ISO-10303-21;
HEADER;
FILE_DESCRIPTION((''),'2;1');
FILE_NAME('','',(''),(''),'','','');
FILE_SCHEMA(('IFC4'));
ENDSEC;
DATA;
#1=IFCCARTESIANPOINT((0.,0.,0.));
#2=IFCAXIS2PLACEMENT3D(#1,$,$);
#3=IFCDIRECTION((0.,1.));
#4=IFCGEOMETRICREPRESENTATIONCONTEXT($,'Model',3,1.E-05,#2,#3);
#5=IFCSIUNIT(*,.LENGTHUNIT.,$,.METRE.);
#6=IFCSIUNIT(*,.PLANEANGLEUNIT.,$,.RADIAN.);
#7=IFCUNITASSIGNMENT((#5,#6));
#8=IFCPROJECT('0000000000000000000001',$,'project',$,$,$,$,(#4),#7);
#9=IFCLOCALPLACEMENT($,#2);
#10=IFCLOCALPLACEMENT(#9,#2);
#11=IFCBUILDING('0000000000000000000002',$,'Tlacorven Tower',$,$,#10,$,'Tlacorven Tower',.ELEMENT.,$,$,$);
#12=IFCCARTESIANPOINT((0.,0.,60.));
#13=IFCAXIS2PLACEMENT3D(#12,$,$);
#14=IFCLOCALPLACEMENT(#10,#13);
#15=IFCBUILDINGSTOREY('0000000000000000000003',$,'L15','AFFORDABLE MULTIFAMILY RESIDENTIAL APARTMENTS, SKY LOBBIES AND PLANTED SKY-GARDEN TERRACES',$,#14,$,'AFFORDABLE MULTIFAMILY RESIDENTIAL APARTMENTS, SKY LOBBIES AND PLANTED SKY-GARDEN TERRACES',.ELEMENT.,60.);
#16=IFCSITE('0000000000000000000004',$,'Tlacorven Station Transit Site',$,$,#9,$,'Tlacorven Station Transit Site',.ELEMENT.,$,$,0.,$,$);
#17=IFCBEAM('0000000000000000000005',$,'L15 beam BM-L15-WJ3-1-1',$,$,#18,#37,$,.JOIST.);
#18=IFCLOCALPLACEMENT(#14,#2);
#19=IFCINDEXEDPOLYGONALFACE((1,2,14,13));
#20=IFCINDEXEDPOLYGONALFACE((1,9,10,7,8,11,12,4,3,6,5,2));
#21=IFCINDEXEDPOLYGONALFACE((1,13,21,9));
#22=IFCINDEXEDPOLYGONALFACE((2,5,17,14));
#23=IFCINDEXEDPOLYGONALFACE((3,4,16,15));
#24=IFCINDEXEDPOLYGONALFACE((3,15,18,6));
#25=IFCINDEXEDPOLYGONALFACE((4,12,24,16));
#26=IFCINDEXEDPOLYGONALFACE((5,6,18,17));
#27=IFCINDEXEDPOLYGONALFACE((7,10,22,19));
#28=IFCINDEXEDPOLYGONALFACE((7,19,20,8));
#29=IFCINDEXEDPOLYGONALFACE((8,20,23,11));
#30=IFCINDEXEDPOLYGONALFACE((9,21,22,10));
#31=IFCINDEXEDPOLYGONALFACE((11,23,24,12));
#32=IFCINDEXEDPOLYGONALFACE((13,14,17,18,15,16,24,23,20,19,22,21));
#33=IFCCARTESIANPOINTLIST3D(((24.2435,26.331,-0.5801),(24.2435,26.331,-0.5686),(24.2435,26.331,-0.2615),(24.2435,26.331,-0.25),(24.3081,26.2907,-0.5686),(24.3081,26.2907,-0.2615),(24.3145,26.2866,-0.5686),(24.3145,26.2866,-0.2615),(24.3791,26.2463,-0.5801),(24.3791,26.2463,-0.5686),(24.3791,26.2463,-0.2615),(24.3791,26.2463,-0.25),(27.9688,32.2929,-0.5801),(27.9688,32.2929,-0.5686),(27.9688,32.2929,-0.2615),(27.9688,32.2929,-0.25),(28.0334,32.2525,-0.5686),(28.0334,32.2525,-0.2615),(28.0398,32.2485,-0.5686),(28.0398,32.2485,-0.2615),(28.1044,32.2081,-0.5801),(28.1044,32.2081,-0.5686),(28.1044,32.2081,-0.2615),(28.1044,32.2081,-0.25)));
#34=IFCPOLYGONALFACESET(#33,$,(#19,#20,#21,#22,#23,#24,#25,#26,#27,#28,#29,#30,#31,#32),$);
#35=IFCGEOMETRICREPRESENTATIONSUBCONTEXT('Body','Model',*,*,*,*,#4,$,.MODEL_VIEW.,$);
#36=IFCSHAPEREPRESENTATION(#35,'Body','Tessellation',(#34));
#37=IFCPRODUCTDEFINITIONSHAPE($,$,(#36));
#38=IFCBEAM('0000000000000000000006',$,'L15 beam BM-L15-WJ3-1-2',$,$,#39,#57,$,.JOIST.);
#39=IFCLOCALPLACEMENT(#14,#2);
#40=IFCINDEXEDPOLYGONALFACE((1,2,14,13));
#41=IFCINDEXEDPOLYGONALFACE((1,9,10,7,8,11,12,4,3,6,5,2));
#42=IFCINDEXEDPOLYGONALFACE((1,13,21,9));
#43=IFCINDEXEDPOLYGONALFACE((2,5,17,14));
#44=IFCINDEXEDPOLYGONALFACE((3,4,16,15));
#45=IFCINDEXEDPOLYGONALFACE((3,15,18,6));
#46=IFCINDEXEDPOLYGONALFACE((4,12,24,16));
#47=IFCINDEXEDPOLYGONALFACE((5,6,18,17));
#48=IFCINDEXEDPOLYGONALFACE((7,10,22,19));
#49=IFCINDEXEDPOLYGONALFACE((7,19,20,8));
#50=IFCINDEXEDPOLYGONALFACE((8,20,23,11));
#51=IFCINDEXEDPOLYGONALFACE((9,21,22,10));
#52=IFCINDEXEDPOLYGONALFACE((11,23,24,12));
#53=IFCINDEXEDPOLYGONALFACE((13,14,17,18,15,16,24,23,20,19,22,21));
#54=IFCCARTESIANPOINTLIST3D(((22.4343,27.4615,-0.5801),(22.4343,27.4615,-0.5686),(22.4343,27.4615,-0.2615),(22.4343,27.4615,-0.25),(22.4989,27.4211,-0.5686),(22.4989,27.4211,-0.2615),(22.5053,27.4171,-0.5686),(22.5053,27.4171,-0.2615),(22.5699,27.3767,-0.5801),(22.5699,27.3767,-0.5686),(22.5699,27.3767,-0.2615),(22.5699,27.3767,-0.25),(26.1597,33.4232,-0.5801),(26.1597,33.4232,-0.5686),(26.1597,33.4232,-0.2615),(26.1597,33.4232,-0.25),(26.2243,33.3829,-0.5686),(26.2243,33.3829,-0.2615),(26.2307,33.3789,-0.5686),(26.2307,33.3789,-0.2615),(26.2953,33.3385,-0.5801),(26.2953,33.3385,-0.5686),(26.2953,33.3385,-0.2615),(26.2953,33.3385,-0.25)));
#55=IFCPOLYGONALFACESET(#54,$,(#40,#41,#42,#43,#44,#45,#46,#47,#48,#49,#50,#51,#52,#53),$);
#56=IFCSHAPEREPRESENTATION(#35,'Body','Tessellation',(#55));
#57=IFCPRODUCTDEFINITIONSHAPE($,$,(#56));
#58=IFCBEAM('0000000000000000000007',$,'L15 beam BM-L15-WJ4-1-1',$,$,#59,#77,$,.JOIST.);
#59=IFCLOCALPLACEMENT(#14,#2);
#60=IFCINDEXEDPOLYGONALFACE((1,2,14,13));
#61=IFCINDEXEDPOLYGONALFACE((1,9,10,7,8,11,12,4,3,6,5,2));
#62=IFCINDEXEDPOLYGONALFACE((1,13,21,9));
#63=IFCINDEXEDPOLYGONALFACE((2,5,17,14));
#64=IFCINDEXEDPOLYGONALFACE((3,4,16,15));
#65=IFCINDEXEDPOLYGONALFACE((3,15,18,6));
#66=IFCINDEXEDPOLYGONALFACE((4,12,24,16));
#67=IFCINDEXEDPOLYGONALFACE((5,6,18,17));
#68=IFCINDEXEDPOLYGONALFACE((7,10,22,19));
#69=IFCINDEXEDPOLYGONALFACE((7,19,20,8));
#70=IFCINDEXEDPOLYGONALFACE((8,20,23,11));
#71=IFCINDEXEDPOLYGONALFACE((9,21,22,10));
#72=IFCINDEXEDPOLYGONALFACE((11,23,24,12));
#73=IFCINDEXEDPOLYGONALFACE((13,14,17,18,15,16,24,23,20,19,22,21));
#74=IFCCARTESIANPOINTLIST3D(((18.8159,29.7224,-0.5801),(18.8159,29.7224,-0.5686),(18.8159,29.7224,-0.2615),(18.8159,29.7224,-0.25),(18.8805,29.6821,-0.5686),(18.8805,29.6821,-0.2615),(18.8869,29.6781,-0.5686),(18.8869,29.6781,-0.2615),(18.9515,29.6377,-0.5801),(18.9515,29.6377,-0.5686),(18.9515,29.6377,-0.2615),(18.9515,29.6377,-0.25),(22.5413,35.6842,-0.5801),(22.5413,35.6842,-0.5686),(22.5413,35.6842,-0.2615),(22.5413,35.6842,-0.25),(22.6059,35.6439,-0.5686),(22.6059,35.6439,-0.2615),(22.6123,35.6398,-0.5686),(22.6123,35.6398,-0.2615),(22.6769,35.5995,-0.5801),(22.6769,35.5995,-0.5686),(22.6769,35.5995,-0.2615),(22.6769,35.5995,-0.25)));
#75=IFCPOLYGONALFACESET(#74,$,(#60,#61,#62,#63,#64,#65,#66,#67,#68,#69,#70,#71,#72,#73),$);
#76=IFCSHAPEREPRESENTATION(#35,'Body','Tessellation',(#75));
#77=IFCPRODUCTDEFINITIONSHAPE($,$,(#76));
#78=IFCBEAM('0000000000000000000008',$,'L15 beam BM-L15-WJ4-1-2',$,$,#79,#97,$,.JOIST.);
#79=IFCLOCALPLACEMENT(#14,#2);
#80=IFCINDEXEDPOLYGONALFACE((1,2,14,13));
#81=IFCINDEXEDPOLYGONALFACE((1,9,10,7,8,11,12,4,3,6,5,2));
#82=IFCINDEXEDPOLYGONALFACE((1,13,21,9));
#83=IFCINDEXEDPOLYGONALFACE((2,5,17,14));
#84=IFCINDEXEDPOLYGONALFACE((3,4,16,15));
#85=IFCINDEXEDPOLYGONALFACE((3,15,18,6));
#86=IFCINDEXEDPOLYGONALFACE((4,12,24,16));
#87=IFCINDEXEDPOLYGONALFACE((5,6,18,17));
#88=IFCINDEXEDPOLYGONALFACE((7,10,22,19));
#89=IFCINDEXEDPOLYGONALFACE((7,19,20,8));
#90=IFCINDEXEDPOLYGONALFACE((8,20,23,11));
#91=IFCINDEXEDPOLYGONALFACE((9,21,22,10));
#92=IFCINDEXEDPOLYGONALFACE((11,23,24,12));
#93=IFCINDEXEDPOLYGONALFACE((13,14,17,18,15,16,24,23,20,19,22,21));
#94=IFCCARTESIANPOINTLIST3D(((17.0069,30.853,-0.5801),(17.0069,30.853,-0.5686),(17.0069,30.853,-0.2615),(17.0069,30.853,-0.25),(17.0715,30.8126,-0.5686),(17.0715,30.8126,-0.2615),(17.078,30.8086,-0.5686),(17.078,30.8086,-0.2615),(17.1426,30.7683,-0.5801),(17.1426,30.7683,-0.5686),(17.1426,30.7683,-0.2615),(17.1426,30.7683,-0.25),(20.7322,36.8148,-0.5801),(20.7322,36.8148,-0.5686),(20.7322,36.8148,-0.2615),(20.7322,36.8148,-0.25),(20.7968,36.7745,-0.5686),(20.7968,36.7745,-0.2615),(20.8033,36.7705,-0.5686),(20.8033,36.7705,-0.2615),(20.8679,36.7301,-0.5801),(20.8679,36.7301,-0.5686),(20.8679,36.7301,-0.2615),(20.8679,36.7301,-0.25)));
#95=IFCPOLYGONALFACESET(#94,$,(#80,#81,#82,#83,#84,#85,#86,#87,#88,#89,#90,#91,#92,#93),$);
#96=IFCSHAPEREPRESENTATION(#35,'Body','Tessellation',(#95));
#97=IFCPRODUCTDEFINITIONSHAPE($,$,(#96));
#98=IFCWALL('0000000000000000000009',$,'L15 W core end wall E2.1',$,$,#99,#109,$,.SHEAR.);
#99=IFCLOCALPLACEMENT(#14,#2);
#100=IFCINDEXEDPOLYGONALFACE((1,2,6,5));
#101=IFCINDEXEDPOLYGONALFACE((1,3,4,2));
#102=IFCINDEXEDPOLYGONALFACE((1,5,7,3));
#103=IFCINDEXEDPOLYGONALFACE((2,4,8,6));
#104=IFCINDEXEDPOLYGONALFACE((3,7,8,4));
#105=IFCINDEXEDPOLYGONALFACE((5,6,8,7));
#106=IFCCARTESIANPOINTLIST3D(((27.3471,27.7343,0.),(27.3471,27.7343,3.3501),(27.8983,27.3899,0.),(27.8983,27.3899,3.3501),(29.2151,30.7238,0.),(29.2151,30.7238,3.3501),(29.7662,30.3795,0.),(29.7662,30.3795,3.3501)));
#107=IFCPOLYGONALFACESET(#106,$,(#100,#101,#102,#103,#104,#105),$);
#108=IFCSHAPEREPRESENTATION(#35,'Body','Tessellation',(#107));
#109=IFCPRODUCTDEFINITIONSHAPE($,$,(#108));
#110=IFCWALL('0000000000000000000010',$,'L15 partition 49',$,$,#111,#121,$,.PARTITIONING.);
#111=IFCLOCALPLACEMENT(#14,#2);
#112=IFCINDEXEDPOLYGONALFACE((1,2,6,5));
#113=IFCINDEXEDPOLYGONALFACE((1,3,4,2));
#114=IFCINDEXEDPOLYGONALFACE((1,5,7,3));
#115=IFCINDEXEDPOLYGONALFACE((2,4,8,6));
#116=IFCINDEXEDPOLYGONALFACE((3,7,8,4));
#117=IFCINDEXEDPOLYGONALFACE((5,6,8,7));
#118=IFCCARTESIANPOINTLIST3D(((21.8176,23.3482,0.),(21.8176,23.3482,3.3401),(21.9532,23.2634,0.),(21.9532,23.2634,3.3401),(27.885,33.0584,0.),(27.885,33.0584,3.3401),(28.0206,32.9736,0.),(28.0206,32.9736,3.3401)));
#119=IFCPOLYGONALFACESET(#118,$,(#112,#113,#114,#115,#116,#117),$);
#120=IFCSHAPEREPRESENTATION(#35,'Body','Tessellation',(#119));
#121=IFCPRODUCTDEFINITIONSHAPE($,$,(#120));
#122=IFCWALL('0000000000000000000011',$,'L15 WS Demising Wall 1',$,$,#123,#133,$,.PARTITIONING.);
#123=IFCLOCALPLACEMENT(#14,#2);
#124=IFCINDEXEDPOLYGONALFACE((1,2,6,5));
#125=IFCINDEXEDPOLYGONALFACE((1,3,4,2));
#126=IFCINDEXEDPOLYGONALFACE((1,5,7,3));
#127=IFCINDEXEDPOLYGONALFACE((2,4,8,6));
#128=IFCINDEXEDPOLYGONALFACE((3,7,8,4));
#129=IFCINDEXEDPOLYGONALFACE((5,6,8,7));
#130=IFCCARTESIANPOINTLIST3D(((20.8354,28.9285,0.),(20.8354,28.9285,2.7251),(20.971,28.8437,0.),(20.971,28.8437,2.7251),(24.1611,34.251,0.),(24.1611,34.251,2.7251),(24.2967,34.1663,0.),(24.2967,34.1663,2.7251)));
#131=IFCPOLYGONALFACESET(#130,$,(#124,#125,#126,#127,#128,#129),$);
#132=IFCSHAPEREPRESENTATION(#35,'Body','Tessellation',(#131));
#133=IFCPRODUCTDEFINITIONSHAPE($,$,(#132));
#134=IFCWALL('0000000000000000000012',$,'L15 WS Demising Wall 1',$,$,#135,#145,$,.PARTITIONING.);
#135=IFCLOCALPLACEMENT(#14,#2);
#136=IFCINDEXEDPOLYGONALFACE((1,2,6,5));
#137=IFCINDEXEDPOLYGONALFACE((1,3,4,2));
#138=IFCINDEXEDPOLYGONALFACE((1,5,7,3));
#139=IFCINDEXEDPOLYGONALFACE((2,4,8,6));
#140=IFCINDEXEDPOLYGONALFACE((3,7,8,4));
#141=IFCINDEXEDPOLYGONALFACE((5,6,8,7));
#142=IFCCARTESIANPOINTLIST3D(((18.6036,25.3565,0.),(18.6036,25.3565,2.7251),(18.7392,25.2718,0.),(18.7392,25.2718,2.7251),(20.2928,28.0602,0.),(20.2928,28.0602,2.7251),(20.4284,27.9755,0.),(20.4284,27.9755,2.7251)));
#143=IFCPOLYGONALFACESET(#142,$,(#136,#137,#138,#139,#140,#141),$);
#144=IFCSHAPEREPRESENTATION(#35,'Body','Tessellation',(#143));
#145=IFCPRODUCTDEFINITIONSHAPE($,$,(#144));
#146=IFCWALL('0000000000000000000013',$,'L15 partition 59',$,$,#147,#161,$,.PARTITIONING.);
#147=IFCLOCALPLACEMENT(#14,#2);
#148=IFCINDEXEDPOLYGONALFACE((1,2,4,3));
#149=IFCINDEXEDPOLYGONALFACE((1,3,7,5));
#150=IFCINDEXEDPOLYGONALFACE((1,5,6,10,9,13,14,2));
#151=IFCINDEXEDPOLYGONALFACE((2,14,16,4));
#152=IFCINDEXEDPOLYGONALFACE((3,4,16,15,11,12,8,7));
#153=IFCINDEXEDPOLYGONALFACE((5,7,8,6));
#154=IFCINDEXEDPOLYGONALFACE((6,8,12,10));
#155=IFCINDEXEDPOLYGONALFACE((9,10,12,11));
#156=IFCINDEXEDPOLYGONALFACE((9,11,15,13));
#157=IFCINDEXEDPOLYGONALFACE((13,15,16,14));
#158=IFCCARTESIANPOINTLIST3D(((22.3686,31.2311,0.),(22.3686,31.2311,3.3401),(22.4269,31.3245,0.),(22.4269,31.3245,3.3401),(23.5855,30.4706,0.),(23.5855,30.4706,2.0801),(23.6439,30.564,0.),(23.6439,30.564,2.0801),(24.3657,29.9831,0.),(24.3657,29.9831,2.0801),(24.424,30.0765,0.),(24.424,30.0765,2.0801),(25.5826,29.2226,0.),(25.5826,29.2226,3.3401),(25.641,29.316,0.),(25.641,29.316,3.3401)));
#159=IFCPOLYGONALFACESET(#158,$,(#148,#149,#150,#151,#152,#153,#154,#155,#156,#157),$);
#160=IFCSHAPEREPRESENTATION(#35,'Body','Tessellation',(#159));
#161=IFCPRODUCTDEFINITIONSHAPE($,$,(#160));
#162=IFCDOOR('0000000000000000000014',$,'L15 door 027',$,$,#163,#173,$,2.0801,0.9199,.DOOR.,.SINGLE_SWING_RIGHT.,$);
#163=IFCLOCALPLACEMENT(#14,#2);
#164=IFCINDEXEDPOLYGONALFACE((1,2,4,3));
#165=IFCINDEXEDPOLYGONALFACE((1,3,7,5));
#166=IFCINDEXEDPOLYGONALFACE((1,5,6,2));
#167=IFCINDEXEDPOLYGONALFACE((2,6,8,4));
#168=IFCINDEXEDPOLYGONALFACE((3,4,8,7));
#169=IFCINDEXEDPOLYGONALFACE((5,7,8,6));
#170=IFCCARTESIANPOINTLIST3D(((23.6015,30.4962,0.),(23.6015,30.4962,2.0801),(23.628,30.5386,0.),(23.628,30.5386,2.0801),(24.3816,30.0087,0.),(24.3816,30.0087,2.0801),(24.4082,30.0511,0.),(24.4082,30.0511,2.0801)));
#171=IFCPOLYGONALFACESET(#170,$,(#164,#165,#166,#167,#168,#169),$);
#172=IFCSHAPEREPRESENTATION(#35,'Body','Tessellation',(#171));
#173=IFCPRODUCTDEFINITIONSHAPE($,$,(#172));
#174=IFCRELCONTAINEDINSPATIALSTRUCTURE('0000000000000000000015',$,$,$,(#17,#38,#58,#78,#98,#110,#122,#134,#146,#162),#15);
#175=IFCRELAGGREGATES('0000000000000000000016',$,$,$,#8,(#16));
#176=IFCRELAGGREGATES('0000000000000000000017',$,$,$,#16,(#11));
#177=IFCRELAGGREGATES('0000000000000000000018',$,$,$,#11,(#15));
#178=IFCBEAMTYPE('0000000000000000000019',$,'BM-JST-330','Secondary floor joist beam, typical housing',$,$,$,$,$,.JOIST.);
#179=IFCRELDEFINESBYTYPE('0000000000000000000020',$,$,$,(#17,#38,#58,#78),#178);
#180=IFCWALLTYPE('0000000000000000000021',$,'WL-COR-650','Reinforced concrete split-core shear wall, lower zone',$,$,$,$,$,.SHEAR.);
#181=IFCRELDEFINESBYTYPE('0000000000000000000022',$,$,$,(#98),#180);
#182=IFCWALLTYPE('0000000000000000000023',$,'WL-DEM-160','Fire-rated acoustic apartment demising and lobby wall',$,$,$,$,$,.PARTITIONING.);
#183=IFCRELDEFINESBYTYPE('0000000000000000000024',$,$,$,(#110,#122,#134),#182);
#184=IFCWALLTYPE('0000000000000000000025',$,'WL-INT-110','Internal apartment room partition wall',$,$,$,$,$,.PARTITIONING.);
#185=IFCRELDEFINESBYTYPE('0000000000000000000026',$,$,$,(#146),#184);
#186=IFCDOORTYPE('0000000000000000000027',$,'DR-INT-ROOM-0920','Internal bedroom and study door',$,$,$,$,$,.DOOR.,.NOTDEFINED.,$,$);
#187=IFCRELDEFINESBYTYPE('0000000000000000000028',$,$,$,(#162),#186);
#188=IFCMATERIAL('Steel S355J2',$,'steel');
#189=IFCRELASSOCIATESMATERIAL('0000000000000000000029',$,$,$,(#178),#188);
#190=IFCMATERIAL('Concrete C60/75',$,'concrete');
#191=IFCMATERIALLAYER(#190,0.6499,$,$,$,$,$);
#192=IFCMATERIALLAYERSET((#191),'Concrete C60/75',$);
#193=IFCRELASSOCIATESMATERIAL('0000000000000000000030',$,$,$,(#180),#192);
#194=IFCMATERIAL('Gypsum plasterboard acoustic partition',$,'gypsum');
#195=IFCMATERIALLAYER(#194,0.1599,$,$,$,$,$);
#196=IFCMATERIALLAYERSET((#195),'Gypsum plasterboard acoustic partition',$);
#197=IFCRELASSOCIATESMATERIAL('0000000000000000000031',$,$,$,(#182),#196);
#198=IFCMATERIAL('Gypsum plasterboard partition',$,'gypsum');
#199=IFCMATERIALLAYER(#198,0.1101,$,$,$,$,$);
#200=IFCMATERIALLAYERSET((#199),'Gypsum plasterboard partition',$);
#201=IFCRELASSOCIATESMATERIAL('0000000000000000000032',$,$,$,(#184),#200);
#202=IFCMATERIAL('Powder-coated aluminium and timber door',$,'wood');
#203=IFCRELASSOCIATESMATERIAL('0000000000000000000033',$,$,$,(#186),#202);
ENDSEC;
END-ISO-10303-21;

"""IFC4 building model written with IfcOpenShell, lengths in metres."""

from ifc_helpers import new_model, si_unit, direction, frame, frame_2d, origin, origin_2d, place, context, subcontext, project, spatial, rectangle, i_section, extrude, source, transform, mapped, material, layer, layer_set, material_profile, profile_set, type_object, element, fill, save


model = new_model("IFC4")

# Units and contexts
model_context = context("Model", 3, precision=1e-05, world=origin(), true_north=direction((0.0, 1.0)))
body_context = subcontext(model_context, "Body", "Model", "MODEL_VIEW")
ifc_project = project(units=[si_unit("LENGTHUNIT", "METRE"), si_unit("PLANEANGLEUNIT", "RADIAN")], contexts=[model_context])

# Site, building, storey
site_placement = place(None, origin())
site = spatial("IfcSite", under=ifc_project, at=site_placement, Name="Tlacorven Station Transit Site", LongName="Tlacorven Station Transit Site", CompositionType="ELEMENT", RefElevation=0.0)
building_placement = place(site_placement, origin())
building = spatial("IfcBuilding", under=site, at=building_placement, Name="Tlacorven Tower", LongName="Tlacorven Tower", CompositionType="ELEMENT")
storey_placement = place(building_placement, frame((0.0, 0.0, 60.0)))
storey = spatial("IfcBuildingStorey", under=building, at=storey_placement, Name="L15", Description="AFFORDABLE MULTIFAMILY RESIDENTIAL APARTMENTS, SKY LOBBIES AND PLANTED SKY-GARDEN TERRACES", LongName="AFFORDABLE MULTIFAMILY RESIDENTIAL APARTMENTS, SKY LOBBIES AND PLANTED SKY-GARDEN TERRACES", CompositionType="ELEMENT", Elevation=60.0)

# Beams
ifc_material_1 = material(Name="Steel S355J2", Category="steel")
ifc_material_profile_1 = material_profile(ifc_material_1, i_section(OverallWidth=0.1599, OverallDepth=0.3301, WebThickness=0.0076, FlangeThickness=0.0115, at=origin_2d()), Name="IPE 330")
ifc_profile_set_1 = profile_set([ifc_material_profile_1], Name="Steel S355J2")
beam_type_1 = type_object("IfcBeamType", Name="BM-JST-330", Description="Secondary floor joist beam, typical housing", PredefinedType="JOIST", material=ifc_profile_set_1)
shared_shape_1 = source(origin(), body_context, "Body", "SweptSolid", [
    extrude(i_section(OverallWidth=0.1599, OverallDepth=0.3301, WebThickness=0.0076, FlangeThickness=0.0115, at=origin_2d()), origin(), (0.0, 0.0, 1.0), 7.03),
])
for number, where, z_axis, x_axis, name in (
    (1, (28.0366, 32.2505, -0.415), (-0.529912, -0.848053, 0.0), (0.848053, -0.529912, 0.0), "L15 beam BM-L15-WJ3-1-1"),
    (2, (26.2275, 33.3809, -0.415), (-0.529927, -0.848043, 0.0), (0.848043, -0.529927, 0.0), "L15 beam BM-L15-WJ3-1-2"),
    (3, (22.6091, 35.6418, -0.415), (-0.529927, -0.848043, 0.0), (0.848043, -0.529927, 0.0), "L15 beam BM-L15-WJ4-1-1"),
    (4, (20.8, 36.7725, -0.415), (-0.529912, -0.848053, 0.0), (0.848053, -0.529912, 0.0), "L15 beam BM-L15-WJ4-1-2"),
):
    element("IfcBeam", number, at=place(storey_placement, frame(where, z_axis=z_axis, x_axis=x_axis)), inside=storey, type_object=beam_type_1, Name=name, PredefinedType="JOIST", context=body_context, shape_type="MappedRepresentation", body=[
        mapped(shared_shape_1, transform((0.0, 0.0, 0.0), scale=1.0)),
    ])

# Walls
ifc_material_2 = material(Name="Concrete C60/75", Category="concrete")
ifc_layer_1 = layer(ifc_material_2, 0.6499)
ifc_layer_set_1 = layer_set([ifc_layer_1], Name="Concrete C60/75")
wall_type_1 = type_object("IfcWallType", Name="WL-COR-650", Description="Reinforced concrete split-core shear wall, lower zone", PredefinedType="SHEAR", material=ifc_layer_set_1)
wall_1_placement = place(storey_placement, frame((29.4907, 30.5518, 0.0), z_axis=(0.0, 0.0, 1.0), x_axis=(-0.529893, -0.848064, 0.0)))
element("IfcWall", 5, at=wall_1_placement, inside=storey, type_object=wall_type_1, Name="L15 W core end wall E2.1", PredefinedType="SHEAR", context=body_context, shape_type="SweptSolid", body=[
    extrude(rectangle(XDim=3.5251, YDim=0.6499, at=frame_2d((1.7627, 0.0))), origin(), (0.0, 0.0, 1.0), 3.3501),
])
ifc_material_3 = material(Name="Gypsum plasterboard acoustic partition", Category="gypsum")
ifc_layer_2 = layer(ifc_material_3, 0.1599)
ifc_layer_set_2 = layer_set([ifc_layer_2], Name="Gypsum plasterboard acoustic partition")
wall_type_2 = type_object("IfcWallType", Name="WL-DEM-160", Description="Fire-rated acoustic apartment demising and lobby wall", PredefinedType="PARTITIONING", material=ifc_layer_set_2)
wall_2_placement = place(storey_placement, frame((27.9529, 33.0161, 0.0), z_axis=(0.0, 0.0, 1.0), x_axis=(-0.529905, -0.848057, 0.0)))
element("IfcWall", 6, at=wall_2_placement, inside=storey, type_object=wall_type_2, Name="L15 partition 49", PredefinedType="PARTITIONING", context=body_context, shape_type="SweptSolid", body=[
    extrude(rectangle(XDim=11.45, YDim=0.1599, at=frame_2d((5.7251, 0.0))), origin(), (0.0, 0.0, 1.0), 3.3401),
])
wall_3_placement = place(storey_placement, frame((24.229, 34.2087, 0.0), z_axis=(0.0, 0.0, 1.0), x_axis=(-0.529898, -0.848062, 0.0)))
element("IfcWall", 7, at=wall_3_placement, inside=storey, type_object=wall_type_2, Name="L15 WS Demising Wall 1", PredefinedType="PARTITIONING", context=body_context, shape_type="SweptSolid", body=[
    extrude(rectangle(XDim=6.2761, YDim=0.1599, at=frame_2d((3.1382, 0.0))), origin(), (0.0, 0.0, 1.0), 2.7251),
])
wall_4_placement = place(storey_placement, frame((20.3606, 28.0178, 0.0), z_axis=(0.0, 0.0, 1.0), x_axis=(-0.529875, -0.848076, 0.0)))
element("IfcWall", 8, at=wall_4_placement, inside=storey, type_object=wall_type_2, Name="L15 WS Demising Wall 1", PredefinedType="PARTITIONING", context=body_context, shape_type="SweptSolid", body=[
    extrude(rectangle(XDim=3.188, YDim=0.1599, at=frame_2d((1.594, 0.0))), origin(), (0.0, 0.0, 1.0), 2.7251),
])

# Wall, opening, door
ifc_material_4 = material(Name="Gypsum plasterboard partition", Category="gypsum")
ifc_layer_3 = layer(ifc_material_4, 0.1101)
ifc_layer_set_3 = layer_set([ifc_layer_3], Name="Gypsum plasterboard partition")
wall_type_3 = type_object("IfcWallType", Name="WL-INT-110", Description="Internal apartment room partition wall", PredefinedType="PARTITIONING", material=ifc_layer_set_3)
wall_5_placement = place(storey_placement, frame((25.6118, 29.2693, 0.0), z_axis=(0.0, 0.0, 1.0), x_axis=(-0.848031, 0.529947, 0.0)))
wall_5 = element("IfcWall", 9, at=wall_5_placement, inside=storey, type_object=wall_type_3, Name="L15 partition 59", PredefinedType="PARTITIONING", context=body_context, shape_type="SweptSolid", body=[
    extrude(rectangle(XDim=3.79, YDim=0.1101, at=frame_2d((1.895, 0.0))), origin(), (0.0, 0.0, 1.0), 3.3401),
])
opening_1_placement = place(wall_5_placement, frame((1.4351, 0.0, 0.0)))
opening_1 = element("IfcOpeningElement", 10, at=opening_1_placement, cuts=wall_5, PredefinedType="OPENING", context=body_context, shape_type="SweptSolid", body=[
    extrude(rectangle(XDim=0.9199, YDim=2.0801, at=frame_2d((0.46, 1.04))), frame((0.0, 0.0649, 0.0), z_axis=(0.0, -1.0, 0.0), x_axis=(1.0, 0.0, 0.0)), (0.0, 0.0, 1.0), 0.1301),
])
ifc_material_5 = material(Name="Powder-coated aluminium and timber door", Category="wood")
door_type = type_object("IfcDoorType", Name="DR-INT-ROOM-0920", Description="Internal bedroom and study door", OperationType="NOTDEFINED", PredefinedType="DOOR", material=ifc_material_5)
shared_shape_2 = source(origin(), body_context, "Body", "SweptSolid", [
    extrude(rectangle(XDim=0.9199, YDim=2.0801, at=frame_2d((0.46, 1.04))), frame((0.0, 0.0249, 0.0), z_axis=(0.0, -1.0, 0.0), x_axis=(1.0, 0.0, 0.0)), (0.0, 0.0, 1.0), 0.05),
])
door_1_placement = place(opening_1_placement, origin())
door_1 = element("IfcDoor", 11, at=door_1_placement, inside=storey, type_object=door_type, Name="L15 door 027", OperationType="SINGLE_SWING_RIGHT", OverallHeight=2.0801, OverallWidth=0.9199, PredefinedType="DOOR", context=body_context, shape_type="MappedRepresentation", body=[
    mapped(shared_shape_2, transform((0.0, 0.0, 0.0), scale=1.0)),
])
fill(opening_1, door_1)

save(model, "model.ifc")
